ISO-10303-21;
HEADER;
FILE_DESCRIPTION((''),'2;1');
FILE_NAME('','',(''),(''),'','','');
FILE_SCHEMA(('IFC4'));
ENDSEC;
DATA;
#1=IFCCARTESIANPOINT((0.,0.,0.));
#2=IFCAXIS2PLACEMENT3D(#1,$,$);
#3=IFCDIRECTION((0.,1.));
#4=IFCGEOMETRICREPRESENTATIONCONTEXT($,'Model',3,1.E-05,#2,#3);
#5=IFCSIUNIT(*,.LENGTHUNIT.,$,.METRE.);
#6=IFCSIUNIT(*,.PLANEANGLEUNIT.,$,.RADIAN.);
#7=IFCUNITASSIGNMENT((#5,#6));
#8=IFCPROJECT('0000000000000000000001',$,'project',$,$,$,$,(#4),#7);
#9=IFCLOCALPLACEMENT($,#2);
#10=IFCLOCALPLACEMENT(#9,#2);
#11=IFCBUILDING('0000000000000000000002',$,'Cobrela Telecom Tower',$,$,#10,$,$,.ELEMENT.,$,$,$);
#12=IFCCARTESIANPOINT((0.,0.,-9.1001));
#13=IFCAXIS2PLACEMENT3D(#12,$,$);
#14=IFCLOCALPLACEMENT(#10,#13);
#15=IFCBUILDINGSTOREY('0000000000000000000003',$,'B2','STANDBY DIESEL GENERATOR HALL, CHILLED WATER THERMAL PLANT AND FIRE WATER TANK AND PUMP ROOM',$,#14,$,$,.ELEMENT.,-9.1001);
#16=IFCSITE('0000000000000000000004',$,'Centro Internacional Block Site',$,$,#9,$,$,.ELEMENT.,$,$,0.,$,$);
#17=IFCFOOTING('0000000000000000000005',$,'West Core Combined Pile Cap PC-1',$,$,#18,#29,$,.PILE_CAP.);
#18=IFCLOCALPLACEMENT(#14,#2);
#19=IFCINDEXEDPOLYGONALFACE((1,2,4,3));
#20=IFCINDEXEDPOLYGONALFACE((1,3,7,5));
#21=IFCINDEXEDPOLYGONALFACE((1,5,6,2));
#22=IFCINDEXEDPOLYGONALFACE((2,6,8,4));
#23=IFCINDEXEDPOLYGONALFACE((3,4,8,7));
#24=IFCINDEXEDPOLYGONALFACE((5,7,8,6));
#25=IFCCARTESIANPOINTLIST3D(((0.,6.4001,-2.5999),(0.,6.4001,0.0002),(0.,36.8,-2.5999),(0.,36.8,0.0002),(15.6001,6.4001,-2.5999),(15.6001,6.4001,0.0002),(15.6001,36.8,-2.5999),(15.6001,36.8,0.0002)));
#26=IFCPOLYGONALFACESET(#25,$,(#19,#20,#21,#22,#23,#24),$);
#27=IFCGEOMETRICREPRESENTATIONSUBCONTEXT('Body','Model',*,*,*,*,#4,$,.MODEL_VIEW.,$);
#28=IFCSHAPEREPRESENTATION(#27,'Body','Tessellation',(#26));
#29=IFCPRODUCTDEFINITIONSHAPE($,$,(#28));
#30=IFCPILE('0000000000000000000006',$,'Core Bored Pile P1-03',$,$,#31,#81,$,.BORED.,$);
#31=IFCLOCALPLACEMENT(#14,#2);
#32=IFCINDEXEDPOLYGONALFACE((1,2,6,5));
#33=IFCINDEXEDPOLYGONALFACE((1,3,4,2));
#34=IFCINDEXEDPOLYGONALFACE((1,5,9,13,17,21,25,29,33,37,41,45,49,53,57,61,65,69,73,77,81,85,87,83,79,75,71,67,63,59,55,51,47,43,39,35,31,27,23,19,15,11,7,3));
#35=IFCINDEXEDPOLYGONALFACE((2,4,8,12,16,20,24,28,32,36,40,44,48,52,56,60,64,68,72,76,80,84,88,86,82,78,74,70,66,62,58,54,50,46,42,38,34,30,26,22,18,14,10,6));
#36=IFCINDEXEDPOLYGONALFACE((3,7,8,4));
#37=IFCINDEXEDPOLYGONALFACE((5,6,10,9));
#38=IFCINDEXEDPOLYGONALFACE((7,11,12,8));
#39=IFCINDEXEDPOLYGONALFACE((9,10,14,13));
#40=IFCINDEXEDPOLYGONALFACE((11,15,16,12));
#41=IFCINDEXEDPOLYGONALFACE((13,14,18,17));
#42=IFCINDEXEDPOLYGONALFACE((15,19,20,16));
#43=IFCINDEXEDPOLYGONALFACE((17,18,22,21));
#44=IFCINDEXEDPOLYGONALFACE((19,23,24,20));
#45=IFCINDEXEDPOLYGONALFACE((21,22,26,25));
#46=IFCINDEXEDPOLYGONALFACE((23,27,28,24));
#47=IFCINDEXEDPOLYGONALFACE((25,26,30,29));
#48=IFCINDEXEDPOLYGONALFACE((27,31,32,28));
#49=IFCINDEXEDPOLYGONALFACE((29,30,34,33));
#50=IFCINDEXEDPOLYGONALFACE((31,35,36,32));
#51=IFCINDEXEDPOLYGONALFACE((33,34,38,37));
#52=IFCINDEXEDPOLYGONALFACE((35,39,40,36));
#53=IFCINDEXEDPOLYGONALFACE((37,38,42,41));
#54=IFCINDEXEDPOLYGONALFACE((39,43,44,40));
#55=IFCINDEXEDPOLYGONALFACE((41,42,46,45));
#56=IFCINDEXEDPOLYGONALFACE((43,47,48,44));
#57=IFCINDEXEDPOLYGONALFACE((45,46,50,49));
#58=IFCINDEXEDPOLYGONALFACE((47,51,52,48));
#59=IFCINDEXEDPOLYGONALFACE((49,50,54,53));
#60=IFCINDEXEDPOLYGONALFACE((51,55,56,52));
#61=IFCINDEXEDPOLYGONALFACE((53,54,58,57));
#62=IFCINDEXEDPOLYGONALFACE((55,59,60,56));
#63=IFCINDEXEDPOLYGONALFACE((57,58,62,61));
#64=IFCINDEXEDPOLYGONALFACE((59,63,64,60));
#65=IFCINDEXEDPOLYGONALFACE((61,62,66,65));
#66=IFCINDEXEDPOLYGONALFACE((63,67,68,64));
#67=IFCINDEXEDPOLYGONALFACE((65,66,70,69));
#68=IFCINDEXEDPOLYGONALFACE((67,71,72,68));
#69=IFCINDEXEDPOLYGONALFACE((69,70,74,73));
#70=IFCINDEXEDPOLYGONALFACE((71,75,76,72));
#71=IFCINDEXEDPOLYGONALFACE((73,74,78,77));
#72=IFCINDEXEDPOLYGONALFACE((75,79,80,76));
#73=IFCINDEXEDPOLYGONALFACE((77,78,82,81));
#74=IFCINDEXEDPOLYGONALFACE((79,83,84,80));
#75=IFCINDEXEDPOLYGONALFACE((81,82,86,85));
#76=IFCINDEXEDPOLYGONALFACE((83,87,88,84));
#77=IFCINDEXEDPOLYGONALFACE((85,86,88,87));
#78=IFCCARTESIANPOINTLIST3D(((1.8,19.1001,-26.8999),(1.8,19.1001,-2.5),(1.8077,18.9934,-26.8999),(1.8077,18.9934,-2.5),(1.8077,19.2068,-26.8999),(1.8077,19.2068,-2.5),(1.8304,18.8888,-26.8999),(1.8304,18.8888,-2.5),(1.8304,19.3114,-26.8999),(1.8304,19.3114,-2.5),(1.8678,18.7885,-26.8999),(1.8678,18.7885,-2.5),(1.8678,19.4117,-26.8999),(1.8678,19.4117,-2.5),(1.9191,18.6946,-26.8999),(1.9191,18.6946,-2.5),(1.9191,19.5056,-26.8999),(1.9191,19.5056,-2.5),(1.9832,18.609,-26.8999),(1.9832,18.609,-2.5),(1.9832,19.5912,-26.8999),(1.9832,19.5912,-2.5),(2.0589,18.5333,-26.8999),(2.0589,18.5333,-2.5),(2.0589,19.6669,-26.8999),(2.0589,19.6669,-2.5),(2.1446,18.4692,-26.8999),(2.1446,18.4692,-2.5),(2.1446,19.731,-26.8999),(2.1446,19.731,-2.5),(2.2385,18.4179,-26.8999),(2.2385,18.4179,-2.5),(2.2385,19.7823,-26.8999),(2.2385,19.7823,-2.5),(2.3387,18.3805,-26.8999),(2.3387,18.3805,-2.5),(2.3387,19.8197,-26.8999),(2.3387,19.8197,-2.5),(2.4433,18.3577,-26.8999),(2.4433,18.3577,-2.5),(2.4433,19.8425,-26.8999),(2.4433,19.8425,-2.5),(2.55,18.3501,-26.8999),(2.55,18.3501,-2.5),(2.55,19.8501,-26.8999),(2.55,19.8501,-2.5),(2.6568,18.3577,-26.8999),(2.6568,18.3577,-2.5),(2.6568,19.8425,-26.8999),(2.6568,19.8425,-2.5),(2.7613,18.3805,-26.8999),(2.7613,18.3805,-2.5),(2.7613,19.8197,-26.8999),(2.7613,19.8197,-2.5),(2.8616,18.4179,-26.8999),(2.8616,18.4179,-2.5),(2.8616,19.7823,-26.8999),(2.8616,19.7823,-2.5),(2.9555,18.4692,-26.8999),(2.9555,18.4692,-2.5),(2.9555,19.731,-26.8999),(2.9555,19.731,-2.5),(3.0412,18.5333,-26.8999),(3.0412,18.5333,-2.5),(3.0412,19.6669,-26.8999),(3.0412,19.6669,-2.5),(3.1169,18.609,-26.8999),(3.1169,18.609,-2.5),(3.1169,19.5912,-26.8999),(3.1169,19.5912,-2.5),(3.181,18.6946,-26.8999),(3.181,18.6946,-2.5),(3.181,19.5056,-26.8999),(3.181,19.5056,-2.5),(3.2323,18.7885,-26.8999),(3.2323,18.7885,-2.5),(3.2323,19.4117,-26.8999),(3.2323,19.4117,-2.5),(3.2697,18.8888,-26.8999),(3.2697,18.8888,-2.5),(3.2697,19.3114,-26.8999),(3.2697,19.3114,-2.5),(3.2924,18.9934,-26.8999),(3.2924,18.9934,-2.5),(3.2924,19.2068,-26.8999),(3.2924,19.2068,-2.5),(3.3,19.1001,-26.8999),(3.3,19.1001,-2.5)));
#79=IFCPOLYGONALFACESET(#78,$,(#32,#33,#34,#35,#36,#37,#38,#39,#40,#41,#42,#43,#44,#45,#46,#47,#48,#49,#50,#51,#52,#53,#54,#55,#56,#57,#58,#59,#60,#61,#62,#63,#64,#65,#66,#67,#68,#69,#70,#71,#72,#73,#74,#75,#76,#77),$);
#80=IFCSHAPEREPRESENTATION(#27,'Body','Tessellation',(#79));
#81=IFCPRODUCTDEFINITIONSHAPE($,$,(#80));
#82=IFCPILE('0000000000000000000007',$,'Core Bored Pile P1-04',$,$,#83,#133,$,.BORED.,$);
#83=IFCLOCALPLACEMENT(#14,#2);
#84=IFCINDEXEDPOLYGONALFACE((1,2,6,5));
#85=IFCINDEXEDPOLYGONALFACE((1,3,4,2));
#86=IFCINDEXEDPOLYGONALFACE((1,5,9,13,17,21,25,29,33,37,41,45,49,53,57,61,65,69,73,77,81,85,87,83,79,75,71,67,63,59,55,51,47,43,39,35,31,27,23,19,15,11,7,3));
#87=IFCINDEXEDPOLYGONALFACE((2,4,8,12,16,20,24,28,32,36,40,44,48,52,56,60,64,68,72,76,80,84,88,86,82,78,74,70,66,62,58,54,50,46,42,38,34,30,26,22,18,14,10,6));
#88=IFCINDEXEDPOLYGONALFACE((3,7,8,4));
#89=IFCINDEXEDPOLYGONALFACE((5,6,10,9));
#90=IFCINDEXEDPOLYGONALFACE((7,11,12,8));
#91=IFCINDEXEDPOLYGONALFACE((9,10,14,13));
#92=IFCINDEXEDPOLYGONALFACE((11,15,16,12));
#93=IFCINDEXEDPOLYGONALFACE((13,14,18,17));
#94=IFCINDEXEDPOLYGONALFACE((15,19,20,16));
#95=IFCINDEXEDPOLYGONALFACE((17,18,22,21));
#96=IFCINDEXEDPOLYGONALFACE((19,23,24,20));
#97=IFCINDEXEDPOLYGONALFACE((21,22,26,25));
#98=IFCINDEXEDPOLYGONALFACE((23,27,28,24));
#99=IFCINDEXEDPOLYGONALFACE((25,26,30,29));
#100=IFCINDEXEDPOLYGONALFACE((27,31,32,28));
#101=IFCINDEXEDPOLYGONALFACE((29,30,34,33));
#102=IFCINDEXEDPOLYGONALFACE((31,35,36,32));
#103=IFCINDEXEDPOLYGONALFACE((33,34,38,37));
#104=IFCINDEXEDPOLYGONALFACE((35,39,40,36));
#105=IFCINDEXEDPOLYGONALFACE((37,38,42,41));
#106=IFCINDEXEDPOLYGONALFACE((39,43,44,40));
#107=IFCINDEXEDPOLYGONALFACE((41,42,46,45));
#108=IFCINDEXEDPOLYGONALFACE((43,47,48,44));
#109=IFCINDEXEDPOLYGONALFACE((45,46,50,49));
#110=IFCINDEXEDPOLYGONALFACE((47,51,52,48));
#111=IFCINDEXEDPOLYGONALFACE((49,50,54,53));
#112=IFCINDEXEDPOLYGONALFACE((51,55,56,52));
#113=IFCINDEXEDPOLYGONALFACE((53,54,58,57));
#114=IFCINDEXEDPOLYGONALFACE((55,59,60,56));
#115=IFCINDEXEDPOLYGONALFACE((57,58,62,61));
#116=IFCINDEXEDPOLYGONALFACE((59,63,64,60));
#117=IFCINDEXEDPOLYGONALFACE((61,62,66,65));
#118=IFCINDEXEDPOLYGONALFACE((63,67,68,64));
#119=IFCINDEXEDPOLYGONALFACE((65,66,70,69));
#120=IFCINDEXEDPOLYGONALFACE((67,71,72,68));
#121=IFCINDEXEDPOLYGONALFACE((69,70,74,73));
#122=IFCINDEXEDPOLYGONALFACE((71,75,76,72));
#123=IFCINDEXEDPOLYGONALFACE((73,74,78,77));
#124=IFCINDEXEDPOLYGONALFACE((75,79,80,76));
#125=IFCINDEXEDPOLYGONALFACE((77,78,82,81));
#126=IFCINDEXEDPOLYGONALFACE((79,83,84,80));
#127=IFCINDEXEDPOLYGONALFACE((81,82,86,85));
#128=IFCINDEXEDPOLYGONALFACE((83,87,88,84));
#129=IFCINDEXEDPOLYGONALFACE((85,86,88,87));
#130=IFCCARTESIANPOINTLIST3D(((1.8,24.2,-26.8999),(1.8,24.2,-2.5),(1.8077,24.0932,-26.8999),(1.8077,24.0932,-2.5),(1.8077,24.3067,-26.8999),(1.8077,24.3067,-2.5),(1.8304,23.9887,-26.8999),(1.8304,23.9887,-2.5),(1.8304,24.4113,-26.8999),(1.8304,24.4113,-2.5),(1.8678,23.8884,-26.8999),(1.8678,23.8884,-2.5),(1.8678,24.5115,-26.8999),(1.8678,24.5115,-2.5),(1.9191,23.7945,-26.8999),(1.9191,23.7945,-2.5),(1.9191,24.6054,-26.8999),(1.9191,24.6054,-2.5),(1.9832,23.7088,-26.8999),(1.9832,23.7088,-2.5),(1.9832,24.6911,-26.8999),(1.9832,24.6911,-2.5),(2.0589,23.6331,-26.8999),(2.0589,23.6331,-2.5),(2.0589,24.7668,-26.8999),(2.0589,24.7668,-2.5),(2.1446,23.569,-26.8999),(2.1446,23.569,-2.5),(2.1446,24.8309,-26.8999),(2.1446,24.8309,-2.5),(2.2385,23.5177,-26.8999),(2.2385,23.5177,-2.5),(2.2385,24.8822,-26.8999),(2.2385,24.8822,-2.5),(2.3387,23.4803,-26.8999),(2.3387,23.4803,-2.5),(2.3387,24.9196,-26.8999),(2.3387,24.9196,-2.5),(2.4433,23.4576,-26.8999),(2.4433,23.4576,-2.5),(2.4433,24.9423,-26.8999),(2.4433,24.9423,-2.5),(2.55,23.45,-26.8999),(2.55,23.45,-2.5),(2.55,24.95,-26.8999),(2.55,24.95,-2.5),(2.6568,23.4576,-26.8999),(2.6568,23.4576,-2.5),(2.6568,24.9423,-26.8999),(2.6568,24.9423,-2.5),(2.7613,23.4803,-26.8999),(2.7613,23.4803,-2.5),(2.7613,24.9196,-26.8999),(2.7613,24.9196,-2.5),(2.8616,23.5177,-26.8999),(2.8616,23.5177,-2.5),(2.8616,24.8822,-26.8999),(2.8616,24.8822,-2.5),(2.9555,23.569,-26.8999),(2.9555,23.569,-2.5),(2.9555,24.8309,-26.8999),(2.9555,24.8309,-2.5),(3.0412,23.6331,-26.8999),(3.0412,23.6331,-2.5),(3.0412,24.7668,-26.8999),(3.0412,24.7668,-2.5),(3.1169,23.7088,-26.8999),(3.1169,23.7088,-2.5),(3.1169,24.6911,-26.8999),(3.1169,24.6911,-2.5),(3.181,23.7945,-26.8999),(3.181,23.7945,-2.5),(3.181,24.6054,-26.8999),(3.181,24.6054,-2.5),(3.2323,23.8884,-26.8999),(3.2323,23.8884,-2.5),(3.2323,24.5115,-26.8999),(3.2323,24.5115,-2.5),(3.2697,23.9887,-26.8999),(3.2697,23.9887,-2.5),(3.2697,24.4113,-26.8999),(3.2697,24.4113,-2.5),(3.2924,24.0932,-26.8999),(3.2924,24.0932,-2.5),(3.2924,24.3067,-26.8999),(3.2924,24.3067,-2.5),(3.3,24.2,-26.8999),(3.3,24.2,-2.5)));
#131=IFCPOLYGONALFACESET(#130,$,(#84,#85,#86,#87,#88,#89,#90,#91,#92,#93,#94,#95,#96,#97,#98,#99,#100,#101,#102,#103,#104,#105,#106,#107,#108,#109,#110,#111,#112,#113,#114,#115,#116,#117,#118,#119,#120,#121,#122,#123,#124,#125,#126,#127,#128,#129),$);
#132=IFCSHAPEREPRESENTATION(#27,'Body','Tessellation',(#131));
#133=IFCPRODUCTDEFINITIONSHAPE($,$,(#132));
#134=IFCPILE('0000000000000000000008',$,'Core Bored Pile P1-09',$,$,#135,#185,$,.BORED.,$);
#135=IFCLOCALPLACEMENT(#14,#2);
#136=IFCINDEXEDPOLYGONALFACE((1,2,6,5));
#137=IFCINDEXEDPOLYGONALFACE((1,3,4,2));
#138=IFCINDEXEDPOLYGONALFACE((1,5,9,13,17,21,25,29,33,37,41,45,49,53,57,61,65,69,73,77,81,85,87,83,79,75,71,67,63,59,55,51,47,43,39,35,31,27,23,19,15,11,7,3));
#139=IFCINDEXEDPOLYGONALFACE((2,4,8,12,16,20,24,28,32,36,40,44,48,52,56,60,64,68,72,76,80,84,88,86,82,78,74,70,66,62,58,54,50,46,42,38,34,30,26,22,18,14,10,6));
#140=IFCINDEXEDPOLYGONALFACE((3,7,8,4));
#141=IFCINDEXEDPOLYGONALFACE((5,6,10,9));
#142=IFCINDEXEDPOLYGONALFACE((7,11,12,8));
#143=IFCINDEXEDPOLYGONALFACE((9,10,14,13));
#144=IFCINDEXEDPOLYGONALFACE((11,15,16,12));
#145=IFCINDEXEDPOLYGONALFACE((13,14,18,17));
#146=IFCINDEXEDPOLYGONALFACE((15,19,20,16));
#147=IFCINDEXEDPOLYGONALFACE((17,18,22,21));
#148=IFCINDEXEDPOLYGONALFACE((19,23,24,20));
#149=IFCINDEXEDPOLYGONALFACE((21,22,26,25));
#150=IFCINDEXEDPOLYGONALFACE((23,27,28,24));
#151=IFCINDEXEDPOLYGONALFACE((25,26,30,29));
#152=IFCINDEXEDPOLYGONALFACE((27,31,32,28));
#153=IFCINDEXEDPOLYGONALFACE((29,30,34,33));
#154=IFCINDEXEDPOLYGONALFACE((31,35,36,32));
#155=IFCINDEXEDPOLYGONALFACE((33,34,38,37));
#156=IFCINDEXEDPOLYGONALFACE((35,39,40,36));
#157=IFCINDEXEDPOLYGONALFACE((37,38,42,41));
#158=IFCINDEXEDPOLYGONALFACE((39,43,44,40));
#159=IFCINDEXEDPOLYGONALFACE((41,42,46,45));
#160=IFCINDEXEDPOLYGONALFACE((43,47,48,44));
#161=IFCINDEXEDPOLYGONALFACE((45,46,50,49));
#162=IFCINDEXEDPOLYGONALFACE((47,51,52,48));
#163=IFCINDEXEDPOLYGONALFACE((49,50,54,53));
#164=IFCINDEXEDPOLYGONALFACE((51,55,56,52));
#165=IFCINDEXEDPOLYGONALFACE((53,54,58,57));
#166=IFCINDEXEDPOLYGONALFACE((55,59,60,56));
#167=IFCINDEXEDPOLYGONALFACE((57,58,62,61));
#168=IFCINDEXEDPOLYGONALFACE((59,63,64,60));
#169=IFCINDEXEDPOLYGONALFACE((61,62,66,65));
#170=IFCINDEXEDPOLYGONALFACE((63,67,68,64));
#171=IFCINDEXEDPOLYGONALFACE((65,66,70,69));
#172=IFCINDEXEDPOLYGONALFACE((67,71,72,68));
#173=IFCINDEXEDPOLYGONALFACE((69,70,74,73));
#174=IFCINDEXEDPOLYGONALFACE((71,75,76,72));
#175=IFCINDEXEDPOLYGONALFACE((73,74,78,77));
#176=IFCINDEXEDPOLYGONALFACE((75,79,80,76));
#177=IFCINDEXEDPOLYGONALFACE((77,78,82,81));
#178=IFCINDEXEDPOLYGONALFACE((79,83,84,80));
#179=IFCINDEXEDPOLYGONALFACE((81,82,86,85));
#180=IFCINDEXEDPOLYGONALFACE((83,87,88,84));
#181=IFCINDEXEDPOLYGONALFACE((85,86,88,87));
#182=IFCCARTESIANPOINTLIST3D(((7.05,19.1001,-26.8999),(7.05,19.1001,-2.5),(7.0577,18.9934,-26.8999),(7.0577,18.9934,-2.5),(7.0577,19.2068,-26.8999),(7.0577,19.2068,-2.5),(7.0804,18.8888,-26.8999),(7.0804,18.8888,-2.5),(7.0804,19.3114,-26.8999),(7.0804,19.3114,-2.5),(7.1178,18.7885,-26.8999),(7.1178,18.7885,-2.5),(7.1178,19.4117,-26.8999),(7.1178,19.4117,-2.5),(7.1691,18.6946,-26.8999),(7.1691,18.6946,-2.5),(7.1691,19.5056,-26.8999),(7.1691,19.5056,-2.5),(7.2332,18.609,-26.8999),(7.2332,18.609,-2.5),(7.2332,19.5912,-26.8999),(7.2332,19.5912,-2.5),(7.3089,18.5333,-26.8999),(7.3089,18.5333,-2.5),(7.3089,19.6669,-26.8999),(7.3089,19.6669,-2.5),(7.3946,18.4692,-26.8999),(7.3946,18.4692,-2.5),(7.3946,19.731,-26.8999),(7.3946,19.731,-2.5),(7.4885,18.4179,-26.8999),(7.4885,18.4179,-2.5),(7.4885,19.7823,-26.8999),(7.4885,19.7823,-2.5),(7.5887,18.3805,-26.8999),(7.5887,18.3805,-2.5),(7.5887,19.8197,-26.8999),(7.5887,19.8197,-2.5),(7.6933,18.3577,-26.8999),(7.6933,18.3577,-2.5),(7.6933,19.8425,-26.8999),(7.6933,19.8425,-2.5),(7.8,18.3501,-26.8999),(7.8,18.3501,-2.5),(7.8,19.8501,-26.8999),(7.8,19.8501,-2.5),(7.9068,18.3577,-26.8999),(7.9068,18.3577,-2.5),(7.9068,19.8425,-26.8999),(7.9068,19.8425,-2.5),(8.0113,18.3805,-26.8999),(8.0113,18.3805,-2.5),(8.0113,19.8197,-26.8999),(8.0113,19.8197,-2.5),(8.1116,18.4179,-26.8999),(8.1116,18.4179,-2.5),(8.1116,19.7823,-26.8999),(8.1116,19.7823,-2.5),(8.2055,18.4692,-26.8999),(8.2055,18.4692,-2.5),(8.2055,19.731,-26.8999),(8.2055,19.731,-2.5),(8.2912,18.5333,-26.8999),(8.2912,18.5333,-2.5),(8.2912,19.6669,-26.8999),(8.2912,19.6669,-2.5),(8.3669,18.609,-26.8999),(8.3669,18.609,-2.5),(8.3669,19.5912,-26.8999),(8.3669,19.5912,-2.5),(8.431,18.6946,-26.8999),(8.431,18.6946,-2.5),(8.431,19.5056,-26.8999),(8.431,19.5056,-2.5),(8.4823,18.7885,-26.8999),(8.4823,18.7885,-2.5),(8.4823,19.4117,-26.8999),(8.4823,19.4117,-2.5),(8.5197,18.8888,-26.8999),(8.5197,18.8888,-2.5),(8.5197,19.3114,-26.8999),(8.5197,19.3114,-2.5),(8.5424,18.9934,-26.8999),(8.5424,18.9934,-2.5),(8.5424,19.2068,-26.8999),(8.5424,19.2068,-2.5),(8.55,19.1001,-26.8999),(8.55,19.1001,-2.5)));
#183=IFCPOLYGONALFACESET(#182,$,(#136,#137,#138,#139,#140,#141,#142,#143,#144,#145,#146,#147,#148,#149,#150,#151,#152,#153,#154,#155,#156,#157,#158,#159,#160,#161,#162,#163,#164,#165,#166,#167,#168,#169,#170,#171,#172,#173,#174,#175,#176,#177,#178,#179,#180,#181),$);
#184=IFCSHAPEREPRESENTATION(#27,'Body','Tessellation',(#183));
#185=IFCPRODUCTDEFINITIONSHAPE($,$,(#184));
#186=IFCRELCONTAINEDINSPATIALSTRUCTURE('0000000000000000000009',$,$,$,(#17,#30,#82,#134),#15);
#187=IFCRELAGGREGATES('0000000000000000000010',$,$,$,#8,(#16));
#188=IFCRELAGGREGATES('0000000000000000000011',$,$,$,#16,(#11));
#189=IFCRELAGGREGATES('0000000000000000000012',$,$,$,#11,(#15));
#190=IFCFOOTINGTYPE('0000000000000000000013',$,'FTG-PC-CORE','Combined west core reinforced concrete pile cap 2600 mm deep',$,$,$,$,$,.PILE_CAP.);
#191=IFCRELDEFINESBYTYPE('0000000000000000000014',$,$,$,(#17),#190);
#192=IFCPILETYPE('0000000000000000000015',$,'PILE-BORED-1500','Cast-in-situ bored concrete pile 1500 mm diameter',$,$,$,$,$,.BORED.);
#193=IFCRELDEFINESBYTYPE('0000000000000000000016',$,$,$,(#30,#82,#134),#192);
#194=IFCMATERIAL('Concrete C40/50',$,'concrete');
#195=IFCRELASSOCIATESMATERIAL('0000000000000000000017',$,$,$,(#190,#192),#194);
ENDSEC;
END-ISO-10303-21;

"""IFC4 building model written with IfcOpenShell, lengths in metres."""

from ifc_helpers import new_model, si_unit, direction, frame, origin, origin_2d, place, context, subcontext, project, spatial, rectangle, circle, extrude, material, material_profile, profile_set, type_object, element, save


model = new_model("IFC4")

# Units and contexts
model_context = context("Model", 3, precision=1e-05, world=origin(), true_north=direction((0.0, 1.0)))
body_context = subcontext(model_context, "Body", "Model", "MODEL_VIEW")
ifc_project = project(units=[si_unit("LENGTHUNIT", "METRE"), si_unit("PLANEANGLEUNIT", "RADIAN")], contexts=[model_context])

# Site, building, storey
site_placement = place(None, origin())
site = spatial("IfcSite", under=ifc_project, at=site_placement, Name="Centro Internacional Block Site", CompositionType="ELEMENT", RefElevation=0.0)
building_placement = place(site_placement, origin())
building = spatial("IfcBuilding", under=site, at=building_placement, Name="Cobrela Telecom Tower", CompositionType="ELEMENT")
storey_placement = place(building_placement, frame((0.0, 0.0, -9.1001)))
storey = spatial("IfcBuildingStorey", under=building, at=storey_placement, Name="B2", Description="STANDBY DIESEL GENERATOR HALL, CHILLED WATER THERMAL PLANT AND FIRE WATER TANK AND PUMP ROOM", CompositionType="ELEMENT", Elevation=-9.1001)

# Footing
ifc_material_1 = material(Name="Concrete C40/50", Category="concrete")
footing_type = type_object("IfcFootingType", Name="FTG-PC-CORE", Description="Combined west core reinforced concrete pile cap 2600 mm deep", PredefinedType="PILE_CAP", material=ifc_material_1)
footing_placement = place(storey_placement, frame((7.8, 21.6001, -2.5999), z_axis=(0.0, 0.0, 1.0), x_axis=(1.0, 0.0, 0.0)))
element("IfcFooting", 1, at=footing_placement, inside=storey, type_object=footing_type, Name="West Core Combined Pile Cap PC-1", PredefinedType="PILE_CAP", context=body_context, shape_type="SweptSolid", body=[
    extrude(rectangle(XDim=15.6001, YDim=30.3999, at=origin_2d()), origin(), (0.0, 0.0, 1.0), 2.6001),
])

# Piles
ifc_material_profile = material_profile(ifc_material_1, circle(Radius=0.75, at=origin_2d()), Name="BORED PILE D1500")
ifc_profile_set = profile_set([ifc_material_profile], Name="Concrete C40/50")
pile_type = type_object("IfcPileType", Name="PILE-BORED-1500", Description="Cast-in-situ bored concrete pile 1500 mm diameter", PredefinedType="BORED", material=ifc_profile_set)
for number, where, z_axis, x_axis, name in (
    (2, (2.55, 19.1001, -2.5), (0.0, 0.0, -1.0), (1.0, 0.0, 0.0), "Core Bored Pile P1-03"),
    (3, (2.55, 24.2, -2.5), (0.0, 0.0, -1.0), (1.0, 0.0, 0.0), "Core Bored Pile P1-04"),
    (4, (7.8, 19.1001, -2.5), (0.0, 0.0, -1.0), (1.0, 0.0, 0.0), "Core Bored Pile P1-09"),
):
    element("IfcPile", number, at=place(storey_placement, frame(where, z_axis=z_axis, x_axis=x_axis)), inside=storey, type_object=pile_type, Name=name, PredefinedType="BORED", context=body_context, shape_type="SweptSolid", body=[
        extrude(circle(Radius=0.75, at=origin_2d()), origin(), (0.0, 0.0, 1.0), 24.3999),
    ])

save(model, "model.ifc")
